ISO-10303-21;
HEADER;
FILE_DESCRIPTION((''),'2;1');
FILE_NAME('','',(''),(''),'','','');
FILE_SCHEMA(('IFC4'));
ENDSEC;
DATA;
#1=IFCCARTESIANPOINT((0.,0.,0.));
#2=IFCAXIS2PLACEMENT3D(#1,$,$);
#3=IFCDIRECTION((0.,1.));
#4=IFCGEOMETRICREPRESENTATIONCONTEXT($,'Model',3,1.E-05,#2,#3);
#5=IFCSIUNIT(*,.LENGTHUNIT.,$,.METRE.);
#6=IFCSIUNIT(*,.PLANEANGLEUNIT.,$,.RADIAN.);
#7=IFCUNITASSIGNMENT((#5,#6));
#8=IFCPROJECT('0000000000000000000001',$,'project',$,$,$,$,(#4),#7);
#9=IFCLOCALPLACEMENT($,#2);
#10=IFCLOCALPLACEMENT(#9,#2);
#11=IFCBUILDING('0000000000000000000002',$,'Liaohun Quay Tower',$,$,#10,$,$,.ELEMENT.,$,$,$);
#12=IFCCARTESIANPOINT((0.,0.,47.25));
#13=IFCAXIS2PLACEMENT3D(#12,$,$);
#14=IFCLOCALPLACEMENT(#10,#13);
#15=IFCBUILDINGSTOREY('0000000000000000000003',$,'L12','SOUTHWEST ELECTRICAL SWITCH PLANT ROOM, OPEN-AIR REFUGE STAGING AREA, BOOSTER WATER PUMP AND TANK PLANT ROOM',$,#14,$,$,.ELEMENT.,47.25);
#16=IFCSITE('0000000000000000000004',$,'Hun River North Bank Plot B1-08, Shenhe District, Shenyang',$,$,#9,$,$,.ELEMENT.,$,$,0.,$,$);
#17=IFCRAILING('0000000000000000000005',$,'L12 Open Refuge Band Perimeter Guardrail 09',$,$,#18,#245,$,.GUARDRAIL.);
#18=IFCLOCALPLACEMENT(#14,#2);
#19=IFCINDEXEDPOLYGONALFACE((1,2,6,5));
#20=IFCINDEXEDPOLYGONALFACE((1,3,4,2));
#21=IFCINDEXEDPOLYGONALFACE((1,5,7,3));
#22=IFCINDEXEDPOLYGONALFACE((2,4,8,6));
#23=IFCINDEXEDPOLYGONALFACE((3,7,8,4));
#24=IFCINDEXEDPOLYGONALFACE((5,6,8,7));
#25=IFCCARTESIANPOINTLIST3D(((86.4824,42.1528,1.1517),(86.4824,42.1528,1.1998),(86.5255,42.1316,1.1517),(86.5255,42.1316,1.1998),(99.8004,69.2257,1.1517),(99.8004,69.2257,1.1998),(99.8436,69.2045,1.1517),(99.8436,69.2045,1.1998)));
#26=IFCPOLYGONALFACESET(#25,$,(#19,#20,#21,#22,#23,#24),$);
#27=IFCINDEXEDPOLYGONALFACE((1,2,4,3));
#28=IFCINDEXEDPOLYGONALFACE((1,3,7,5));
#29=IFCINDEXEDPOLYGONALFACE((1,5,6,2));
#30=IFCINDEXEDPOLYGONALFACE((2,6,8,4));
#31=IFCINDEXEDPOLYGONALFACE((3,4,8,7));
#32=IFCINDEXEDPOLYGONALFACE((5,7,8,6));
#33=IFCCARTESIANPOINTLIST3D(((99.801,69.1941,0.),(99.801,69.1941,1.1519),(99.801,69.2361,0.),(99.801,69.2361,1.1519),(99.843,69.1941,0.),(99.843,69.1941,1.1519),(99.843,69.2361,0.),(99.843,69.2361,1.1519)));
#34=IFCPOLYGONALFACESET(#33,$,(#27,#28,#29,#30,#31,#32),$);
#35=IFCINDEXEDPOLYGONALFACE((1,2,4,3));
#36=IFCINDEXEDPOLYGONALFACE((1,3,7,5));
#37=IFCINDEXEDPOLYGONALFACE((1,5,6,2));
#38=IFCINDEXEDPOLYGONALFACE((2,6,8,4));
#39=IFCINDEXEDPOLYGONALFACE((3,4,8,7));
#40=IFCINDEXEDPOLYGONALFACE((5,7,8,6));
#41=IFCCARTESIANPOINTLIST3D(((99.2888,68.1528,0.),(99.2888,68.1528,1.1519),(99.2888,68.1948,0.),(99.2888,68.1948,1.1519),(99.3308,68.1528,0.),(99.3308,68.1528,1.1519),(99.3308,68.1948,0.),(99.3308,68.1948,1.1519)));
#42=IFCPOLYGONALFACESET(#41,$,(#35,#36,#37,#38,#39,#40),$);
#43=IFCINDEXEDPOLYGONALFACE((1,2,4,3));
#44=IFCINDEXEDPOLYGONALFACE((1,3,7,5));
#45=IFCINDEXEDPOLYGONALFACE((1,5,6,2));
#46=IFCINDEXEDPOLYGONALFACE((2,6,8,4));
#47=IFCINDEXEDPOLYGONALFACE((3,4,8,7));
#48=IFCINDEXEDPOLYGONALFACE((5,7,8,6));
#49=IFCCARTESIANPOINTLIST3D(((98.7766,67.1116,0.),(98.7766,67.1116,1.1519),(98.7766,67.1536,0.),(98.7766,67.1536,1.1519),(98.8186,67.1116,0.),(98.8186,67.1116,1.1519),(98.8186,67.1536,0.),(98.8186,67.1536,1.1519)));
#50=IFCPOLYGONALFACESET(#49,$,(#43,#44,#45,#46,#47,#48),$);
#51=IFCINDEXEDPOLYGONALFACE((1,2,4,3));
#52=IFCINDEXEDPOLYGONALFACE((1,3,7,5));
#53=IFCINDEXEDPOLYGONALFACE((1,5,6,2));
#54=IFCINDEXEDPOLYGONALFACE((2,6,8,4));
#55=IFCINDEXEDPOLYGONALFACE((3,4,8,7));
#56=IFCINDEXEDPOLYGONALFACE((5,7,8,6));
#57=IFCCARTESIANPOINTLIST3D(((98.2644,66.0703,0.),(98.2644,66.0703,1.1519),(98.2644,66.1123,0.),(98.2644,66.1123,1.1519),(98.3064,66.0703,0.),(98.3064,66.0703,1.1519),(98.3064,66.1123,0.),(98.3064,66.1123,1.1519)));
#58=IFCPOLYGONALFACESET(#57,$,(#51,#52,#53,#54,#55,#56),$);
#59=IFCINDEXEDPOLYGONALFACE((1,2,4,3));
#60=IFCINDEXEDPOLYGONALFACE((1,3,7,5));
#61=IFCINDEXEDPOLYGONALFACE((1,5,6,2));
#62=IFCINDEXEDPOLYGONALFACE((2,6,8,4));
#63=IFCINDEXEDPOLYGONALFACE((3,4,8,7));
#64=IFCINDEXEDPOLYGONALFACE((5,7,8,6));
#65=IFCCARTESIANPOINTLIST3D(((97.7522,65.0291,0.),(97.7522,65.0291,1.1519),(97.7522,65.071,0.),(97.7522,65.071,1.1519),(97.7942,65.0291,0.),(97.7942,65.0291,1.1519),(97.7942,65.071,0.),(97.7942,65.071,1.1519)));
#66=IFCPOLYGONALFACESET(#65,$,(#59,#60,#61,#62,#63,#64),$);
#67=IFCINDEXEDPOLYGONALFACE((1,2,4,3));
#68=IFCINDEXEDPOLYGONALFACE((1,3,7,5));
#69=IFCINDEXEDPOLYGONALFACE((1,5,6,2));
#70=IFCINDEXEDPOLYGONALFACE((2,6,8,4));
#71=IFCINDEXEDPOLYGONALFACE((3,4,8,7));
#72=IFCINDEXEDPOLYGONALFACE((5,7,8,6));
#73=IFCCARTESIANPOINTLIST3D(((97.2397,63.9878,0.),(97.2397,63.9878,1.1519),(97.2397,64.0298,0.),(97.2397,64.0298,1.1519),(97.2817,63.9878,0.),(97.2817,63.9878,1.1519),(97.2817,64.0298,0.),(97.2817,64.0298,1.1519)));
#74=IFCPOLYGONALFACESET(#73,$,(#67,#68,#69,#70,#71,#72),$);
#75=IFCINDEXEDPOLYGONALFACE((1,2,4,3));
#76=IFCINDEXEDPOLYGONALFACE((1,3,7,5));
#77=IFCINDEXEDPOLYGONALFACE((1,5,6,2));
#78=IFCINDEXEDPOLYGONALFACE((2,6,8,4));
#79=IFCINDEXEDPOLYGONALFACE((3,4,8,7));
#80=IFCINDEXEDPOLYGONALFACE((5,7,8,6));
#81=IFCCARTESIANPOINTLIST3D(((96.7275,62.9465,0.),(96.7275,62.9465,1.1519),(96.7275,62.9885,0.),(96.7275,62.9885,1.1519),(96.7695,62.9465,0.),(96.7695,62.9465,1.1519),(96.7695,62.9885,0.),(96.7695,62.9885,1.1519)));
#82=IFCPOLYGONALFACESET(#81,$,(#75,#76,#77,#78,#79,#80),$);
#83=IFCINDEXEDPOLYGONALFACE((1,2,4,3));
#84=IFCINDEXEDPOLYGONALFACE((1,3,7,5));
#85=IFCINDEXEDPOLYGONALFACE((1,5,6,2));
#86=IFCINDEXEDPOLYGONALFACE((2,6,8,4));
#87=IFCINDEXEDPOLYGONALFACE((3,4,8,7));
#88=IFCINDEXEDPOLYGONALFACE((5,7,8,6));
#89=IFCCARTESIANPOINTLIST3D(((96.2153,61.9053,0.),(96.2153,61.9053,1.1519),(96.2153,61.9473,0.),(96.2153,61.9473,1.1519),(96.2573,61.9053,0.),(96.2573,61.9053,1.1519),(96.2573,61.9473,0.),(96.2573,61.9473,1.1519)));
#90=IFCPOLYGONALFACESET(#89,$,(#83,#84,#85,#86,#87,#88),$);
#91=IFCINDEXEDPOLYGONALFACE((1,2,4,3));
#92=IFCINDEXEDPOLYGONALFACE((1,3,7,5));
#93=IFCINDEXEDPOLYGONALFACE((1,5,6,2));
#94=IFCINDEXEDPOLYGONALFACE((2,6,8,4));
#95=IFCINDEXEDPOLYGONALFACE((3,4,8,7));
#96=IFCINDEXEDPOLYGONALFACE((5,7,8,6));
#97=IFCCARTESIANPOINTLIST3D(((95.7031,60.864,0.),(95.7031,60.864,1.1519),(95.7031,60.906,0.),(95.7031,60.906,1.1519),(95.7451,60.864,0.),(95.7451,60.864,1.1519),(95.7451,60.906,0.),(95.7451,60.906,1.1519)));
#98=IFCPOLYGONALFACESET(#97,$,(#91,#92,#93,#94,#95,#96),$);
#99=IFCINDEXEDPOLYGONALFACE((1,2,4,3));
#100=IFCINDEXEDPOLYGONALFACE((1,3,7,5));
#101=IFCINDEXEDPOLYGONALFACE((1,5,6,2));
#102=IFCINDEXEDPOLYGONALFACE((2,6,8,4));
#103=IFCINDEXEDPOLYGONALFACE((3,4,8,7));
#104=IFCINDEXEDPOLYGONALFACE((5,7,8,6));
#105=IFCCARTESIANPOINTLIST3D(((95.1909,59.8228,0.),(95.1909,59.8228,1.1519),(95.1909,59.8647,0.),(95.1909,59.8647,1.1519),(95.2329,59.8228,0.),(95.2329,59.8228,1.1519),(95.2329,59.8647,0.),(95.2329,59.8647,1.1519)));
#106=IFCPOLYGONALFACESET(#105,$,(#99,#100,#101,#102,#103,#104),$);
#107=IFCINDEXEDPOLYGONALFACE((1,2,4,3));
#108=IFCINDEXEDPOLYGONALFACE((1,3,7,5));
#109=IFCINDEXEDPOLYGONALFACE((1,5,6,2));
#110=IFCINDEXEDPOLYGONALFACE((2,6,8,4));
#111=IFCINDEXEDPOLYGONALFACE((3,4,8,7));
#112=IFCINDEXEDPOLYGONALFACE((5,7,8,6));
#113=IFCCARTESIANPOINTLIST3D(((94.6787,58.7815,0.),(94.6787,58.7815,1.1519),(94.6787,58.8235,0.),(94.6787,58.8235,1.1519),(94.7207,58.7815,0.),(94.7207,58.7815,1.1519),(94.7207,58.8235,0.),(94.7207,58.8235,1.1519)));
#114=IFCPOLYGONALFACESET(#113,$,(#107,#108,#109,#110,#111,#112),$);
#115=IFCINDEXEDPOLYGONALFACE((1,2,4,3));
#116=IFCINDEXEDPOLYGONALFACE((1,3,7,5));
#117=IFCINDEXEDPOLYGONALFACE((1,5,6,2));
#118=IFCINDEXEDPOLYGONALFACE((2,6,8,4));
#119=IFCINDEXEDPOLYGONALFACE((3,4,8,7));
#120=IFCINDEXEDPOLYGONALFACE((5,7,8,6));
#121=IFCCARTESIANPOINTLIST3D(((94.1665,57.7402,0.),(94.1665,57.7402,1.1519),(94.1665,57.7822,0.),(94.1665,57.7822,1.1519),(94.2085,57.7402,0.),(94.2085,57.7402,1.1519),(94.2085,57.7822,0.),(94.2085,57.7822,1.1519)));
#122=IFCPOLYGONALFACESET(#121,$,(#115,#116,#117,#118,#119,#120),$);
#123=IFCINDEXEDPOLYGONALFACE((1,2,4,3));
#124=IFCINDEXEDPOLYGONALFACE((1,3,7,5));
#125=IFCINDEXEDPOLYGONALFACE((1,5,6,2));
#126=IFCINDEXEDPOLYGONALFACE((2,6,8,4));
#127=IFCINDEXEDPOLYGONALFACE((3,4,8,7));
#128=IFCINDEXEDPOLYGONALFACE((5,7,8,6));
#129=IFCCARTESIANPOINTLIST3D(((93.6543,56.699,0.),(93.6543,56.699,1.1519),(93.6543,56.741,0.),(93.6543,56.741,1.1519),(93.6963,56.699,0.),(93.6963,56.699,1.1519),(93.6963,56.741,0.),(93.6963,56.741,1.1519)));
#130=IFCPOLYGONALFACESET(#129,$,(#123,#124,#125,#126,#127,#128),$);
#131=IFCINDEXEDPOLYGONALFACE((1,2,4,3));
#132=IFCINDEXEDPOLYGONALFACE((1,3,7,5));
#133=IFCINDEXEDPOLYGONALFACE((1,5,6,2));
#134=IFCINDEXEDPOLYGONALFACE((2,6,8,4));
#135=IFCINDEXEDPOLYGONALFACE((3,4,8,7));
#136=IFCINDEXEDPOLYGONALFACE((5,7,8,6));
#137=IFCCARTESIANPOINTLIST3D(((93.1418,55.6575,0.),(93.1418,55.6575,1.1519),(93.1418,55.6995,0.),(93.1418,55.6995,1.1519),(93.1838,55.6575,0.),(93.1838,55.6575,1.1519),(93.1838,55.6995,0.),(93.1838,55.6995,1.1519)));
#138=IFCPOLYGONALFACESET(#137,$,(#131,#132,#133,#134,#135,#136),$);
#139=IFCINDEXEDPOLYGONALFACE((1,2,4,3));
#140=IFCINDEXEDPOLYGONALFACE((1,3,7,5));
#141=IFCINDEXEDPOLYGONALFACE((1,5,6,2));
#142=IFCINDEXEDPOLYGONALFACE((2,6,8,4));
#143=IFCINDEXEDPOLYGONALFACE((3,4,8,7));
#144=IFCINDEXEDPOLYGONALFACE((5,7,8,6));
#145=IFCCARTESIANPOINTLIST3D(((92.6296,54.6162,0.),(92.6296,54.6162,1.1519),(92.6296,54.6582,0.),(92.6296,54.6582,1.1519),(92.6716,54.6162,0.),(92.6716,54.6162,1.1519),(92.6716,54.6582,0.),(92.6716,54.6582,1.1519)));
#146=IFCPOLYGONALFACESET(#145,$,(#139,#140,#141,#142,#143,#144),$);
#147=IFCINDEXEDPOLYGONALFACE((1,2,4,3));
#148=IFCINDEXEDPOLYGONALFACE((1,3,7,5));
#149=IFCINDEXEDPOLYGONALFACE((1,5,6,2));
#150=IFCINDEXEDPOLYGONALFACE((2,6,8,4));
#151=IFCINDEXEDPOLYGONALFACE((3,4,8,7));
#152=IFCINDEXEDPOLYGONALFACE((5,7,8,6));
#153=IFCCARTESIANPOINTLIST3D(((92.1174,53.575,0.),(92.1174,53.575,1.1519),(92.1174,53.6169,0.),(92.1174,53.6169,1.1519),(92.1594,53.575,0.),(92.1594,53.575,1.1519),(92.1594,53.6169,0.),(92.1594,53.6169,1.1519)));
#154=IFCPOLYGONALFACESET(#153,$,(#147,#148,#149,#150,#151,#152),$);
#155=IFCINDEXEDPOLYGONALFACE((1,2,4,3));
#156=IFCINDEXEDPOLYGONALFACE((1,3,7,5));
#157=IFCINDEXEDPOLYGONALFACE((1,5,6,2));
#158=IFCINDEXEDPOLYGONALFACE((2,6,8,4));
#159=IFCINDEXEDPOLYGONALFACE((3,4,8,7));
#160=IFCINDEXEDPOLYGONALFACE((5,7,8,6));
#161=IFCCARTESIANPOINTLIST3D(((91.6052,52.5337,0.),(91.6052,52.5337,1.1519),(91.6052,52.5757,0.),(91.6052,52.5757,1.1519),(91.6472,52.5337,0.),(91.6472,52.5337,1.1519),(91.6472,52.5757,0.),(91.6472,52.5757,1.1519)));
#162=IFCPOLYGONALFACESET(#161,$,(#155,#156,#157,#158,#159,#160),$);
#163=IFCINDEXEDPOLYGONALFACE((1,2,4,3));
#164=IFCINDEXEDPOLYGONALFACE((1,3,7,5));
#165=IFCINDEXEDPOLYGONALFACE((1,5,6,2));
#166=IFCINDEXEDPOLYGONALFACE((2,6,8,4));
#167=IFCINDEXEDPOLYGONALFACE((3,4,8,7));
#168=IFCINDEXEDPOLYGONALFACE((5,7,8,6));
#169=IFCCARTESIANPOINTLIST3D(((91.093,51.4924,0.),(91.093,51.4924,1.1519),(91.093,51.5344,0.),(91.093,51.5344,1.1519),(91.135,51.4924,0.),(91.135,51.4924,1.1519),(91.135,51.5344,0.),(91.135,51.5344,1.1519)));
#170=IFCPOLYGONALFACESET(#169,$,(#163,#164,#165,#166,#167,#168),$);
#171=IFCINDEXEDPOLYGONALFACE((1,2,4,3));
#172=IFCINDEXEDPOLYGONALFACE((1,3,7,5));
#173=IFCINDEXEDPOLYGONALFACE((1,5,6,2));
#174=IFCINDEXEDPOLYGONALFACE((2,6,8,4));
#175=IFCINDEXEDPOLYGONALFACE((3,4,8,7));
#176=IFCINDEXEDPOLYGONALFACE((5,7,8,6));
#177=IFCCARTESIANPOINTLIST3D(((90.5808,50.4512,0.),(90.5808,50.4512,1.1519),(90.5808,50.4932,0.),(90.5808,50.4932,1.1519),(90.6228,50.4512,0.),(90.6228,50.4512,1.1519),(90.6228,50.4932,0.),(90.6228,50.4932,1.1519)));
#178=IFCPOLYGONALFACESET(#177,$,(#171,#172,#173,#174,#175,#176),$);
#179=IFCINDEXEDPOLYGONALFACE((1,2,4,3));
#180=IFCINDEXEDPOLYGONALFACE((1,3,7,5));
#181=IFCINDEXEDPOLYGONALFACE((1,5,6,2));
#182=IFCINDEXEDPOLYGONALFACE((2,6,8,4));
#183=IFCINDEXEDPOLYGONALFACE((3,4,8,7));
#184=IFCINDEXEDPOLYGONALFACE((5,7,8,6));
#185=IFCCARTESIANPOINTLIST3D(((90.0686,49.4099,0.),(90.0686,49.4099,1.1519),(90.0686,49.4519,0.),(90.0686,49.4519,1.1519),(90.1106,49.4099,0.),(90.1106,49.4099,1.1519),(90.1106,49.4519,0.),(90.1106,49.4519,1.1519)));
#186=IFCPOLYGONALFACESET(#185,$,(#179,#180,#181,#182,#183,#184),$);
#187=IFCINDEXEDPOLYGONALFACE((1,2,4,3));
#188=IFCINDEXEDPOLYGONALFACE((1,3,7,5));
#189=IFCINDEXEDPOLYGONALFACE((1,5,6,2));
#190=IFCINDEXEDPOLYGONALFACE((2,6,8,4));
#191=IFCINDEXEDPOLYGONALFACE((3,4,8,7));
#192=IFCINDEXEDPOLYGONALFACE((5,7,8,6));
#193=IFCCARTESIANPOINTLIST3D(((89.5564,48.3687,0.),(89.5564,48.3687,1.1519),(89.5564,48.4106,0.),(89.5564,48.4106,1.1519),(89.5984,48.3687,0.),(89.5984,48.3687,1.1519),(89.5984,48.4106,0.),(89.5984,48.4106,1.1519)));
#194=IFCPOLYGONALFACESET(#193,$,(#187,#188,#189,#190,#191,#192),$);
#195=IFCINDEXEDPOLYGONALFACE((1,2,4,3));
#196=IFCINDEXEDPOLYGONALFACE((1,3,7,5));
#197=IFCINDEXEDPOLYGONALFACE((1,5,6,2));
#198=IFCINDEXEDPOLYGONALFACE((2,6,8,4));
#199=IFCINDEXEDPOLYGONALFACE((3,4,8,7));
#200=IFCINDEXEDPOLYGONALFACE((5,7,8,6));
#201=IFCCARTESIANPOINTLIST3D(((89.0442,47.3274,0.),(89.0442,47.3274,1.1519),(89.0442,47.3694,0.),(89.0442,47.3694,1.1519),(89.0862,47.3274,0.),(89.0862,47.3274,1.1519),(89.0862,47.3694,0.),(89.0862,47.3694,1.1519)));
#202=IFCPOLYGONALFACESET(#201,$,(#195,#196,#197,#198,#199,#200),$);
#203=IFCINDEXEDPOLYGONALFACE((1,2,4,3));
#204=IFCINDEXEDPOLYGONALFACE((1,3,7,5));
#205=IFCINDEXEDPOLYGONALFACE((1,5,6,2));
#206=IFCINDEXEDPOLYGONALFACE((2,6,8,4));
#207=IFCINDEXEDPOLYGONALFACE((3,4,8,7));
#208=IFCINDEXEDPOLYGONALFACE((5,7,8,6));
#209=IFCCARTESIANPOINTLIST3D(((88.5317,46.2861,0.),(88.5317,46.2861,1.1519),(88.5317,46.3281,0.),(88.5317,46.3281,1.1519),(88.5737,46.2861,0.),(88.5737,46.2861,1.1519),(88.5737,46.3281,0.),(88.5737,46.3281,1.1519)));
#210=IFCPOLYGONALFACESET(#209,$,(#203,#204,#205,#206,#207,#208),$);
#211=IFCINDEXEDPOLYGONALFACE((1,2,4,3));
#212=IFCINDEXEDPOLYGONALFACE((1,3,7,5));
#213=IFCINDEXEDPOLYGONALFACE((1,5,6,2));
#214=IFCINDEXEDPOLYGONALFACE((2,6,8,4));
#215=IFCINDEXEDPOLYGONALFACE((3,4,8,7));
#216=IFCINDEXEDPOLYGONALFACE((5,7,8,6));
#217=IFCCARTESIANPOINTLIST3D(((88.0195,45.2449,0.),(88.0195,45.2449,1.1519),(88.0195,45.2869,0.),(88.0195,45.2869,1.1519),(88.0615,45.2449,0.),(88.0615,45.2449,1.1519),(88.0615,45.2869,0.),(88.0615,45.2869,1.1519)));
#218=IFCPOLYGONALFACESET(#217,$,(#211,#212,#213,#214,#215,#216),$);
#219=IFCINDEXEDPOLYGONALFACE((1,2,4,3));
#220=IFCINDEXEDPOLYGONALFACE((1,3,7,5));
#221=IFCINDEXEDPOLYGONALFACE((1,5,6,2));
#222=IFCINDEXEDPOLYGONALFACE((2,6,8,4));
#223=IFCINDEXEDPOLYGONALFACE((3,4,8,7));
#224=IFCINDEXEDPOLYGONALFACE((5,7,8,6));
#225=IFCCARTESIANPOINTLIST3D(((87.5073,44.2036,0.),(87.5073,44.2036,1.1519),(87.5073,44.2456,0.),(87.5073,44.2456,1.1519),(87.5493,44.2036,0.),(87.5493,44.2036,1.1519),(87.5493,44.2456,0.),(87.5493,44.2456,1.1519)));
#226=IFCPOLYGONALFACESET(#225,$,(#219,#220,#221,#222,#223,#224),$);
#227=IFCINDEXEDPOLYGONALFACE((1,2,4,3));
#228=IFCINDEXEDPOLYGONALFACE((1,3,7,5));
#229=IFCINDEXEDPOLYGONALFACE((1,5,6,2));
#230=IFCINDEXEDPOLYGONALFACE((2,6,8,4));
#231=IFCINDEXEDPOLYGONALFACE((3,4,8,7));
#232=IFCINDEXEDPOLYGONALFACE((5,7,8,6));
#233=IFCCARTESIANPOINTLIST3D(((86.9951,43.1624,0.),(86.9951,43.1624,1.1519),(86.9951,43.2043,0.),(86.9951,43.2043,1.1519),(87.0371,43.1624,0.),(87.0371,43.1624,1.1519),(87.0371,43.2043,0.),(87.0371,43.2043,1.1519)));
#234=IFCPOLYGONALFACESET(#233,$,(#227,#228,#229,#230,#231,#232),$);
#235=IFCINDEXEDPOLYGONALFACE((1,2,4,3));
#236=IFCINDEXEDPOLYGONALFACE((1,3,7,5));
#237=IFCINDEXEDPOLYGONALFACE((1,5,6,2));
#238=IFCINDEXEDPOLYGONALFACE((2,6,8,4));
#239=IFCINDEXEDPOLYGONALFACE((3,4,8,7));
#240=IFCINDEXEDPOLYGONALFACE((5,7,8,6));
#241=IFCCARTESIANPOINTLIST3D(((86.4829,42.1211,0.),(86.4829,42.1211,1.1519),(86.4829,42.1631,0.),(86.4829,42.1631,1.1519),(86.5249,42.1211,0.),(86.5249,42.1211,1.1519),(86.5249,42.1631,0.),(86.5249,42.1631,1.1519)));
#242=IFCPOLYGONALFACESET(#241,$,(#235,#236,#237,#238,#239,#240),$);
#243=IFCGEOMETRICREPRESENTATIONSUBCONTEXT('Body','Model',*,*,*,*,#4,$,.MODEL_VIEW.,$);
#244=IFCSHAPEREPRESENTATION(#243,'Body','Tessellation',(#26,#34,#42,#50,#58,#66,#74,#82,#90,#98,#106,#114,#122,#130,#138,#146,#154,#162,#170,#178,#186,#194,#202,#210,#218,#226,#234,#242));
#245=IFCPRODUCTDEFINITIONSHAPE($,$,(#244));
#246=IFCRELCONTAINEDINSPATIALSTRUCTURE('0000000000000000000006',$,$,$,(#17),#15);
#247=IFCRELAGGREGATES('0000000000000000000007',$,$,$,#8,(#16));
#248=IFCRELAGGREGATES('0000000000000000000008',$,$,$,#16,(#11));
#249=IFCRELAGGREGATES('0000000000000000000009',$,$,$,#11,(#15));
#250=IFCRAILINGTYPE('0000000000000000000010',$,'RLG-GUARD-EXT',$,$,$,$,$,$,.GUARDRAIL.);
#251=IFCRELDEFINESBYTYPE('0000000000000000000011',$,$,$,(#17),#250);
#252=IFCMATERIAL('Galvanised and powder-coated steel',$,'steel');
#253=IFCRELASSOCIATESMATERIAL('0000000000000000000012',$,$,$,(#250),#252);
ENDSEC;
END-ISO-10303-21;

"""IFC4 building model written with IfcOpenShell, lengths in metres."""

from ifc_helpers import new_model, si_unit, direction, frame, origin, origin_2d, place, context, subcontext, project, spatial, rectangle, extrude, material, type_object, element, save


model = new_model("IFC4")

# Units and contexts
model_context = context("Model", 3, precision=1e-05, world=origin(), true_north=direction((0.0, 1.0)))
body_context = subcontext(model_context, "Body", "Model", "MODEL_VIEW")
ifc_project = project(units=[si_unit("LENGTHUNIT", "METRE"), si_unit("PLANEANGLEUNIT", "RADIAN")], contexts=[model_context])

# Site, building, storey
site_placement = place(None, origin())
site = spatial("IfcSite", under=ifc_project, at=site_placement, Name="Hun River North Bank Plot B1-08, Shenhe District, Shenyang", CompositionType="ELEMENT", RefElevation=0.0)
building_placement = place(site_placement, origin())
building = spatial("IfcBuilding", under=site, at=building_placement, Name="Liaohun Quay Tower", CompositionType="ELEMENT")
storey_placement = place(building_placement, frame((0.0, 0.0, 47.25)))
storey = spatial("IfcBuildingStorey", under=building, at=storey_placement, Name="L12", Description="SOUTHWEST ELECTRICAL SWITCH PLANT ROOM, OPEN-AIR REFUGE STAGING AREA, BOOSTER WATER PUMP AND TANK PLANT ROOM", CompositionType="ELEMENT", Elevation=47.25)

# Railing
ifc_material_1 = material(Name="Galvanised and powder-coated steel", Category="steel")
railing_type = type_object("IfcRailingType", Name="RLG-GUARD-EXT", PredefinedType="GUARDRAIL", material=ifc_material_1)
railing_1_placement = place(storey_placement, frame((99.822, 69.2151, 0.0)))
element("IfcRailing", 1, at=railing_1_placement, inside=storey, type_object=railing_type, Name="L12 Open Refuge Band Perimeter Guardrail 09", PredefinedType="GUARDRAIL", context=body_context, shape_type="SweptSolid", body=[
    extrude(rectangle(XDim=0.0481, YDim=0.0481, at=origin_2d()), frame((0.0, 0.0, 1.1758), z_axis=(-0.441414, -0.897304, 0.0), x_axis=(0.897304, -0.441414, 0.0)), (0.0, 0.0, 1.0), 30.1714),
    extrude(rectangle(XDim=0.042, YDim=0.042, at=origin_2d()), origin(), (0.0, 0.0, 1.0), 1.1519),
    extrude(rectangle(XDim=0.042, YDim=0.042, at=origin_2d()), frame((-0.5122, -1.0413, 0.0)), (0.0, 0.0, 1.0), 1.1519),
    extrude(rectangle(XDim=0.042, YDim=0.042, at=origin_2d()), frame((-1.0244, -2.0825, 0.0)), (0.0, 0.0, 1.0), 1.1519),
    extrude(rectangle(XDim=0.042, YDim=0.042, at=origin_2d()), frame((-1.5366, -3.1238, 0.0)), (0.0, 0.0, 1.0), 1.1519),
    extrude(rectangle(XDim=0.042, YDim=0.042, at=origin_2d()), frame((-2.0488, -4.165, 0.0)), (0.0, 0.0, 1.0), 1.1519),
    extrude(rectangle(XDim=0.042, YDim=0.042, at=origin_2d()), frame((-2.5613, -5.2063, 0.0)), (0.0, 0.0, 1.0), 1.1519),
    extrude(rectangle(XDim=0.042, YDim=0.042, at=origin_2d()), frame((-3.0735, -6.2476, 0.0)), (0.0, 0.0, 1.0), 1.1519),
    extrude(rectangle(XDim=0.042, YDim=0.042, at=origin_2d()), frame((-3.5857, -7.2888, 0.0)), (0.0, 0.0, 1.0), 1.1519),
    extrude(rectangle(XDim=0.042, YDim=0.042, at=origin_2d()), frame((-4.0979, -8.3301, 0.0)), (0.0, 0.0, 1.0), 1.1519),
    extrude(rectangle(XDim=0.042, YDim=0.042, at=origin_2d()), frame((-4.6101, -9.3713, 0.0)), (0.0, 0.0, 1.0), 1.1519),
    extrude(rectangle(XDim=0.042, YDim=0.042, at=origin_2d()), frame((-5.1223, -10.4126, 0.0)), (0.0, 0.0, 1.0), 1.1519),
    extrude(rectangle(XDim=0.042, YDim=0.042, at=origin_2d()), frame((-5.6345, -11.4539, 0.0)), (0.0, 0.0, 1.0), 1.1519),
    extrude(rectangle(XDim=0.042, YDim=0.042, at=origin_2d()), frame((-6.1467, -12.4951, 0.0)), (0.0, 0.0, 1.0), 1.1519),
    extrude(rectangle(XDim=0.042, YDim=0.042, at=origin_2d()), frame((-6.6592, -13.5366, 0.0)), (0.0, 0.0, 1.0), 1.1519),
    extrude(rectangle(XDim=0.042, YDim=0.042, at=origin_2d()), frame((-7.1714, -14.5779, 0.0)), (0.0, 0.0, 1.0), 1.1519),
    extrude(rectangle(XDim=0.042, YDim=0.042, at=origin_2d()), frame((-7.6836, -15.6191, 0.0)), (0.0, 0.0, 1.0), 1.1519),
    extrude(rectangle(XDim=0.042, YDim=0.042, at=origin_2d()), frame((-8.1958, -16.6604, 0.0)), (0.0, 0.0, 1.0), 1.1519),
    extrude(rectangle(XDim=0.042, YDim=0.042, at=origin_2d()), frame((-8.708, -17.7017, 0.0)), (0.0, 0.0, 1.0), 1.1519),
    extrude(rectangle(XDim=0.042, YDim=0.042, at=origin_2d()), frame((-9.2202, -18.7429, 0.0)), (0.0, 0.0, 1.0), 1.1519),
    extrude(rectangle(XDim=0.042, YDim=0.042, at=origin_2d()), frame((-9.7324, -19.7842, 0.0)), (0.0, 0.0, 1.0), 1.1519),
    extrude(rectangle(XDim=0.042, YDim=0.042, at=origin_2d()), frame((-10.2446, -20.8254, 0.0)), (0.0, 0.0, 1.0), 1.1519),
    extrude(rectangle(XDim=0.042, YDim=0.042, at=origin_2d()), frame((-10.7568, -21.8667, 0.0)), (0.0, 0.0, 1.0), 1.1519),
    extrude(rectangle(XDim=0.042, YDim=0.042, at=origin_2d()), frame((-11.2693, -22.908, 0.0)), (0.0, 0.0, 1.0), 1.1519),
    extrude(rectangle(XDim=0.042, YDim=0.042, at=origin_2d()), frame((-11.7815, -23.9492, 0.0)), (0.0, 0.0, 1.0), 1.1519),
    extrude(rectangle(XDim=0.042, YDim=0.042, at=origin_2d()), frame((-12.2937, -24.9905, 0.0)), (0.0, 0.0, 1.0), 1.1519),
    extrude(rectangle(XDim=0.042, YDim=0.042, at=origin_2d()), frame((-12.8059, -26.0317, 0.0)), (0.0, 0.0, 1.0), 1.1519),
    extrude(rectangle(XDim=0.042, YDim=0.042, at=origin_2d()), frame((-13.3181, -27.073, 0.0)), (0.0, 0.0, 1.0), 1.1519),
])

save(model, "model.ifc")
